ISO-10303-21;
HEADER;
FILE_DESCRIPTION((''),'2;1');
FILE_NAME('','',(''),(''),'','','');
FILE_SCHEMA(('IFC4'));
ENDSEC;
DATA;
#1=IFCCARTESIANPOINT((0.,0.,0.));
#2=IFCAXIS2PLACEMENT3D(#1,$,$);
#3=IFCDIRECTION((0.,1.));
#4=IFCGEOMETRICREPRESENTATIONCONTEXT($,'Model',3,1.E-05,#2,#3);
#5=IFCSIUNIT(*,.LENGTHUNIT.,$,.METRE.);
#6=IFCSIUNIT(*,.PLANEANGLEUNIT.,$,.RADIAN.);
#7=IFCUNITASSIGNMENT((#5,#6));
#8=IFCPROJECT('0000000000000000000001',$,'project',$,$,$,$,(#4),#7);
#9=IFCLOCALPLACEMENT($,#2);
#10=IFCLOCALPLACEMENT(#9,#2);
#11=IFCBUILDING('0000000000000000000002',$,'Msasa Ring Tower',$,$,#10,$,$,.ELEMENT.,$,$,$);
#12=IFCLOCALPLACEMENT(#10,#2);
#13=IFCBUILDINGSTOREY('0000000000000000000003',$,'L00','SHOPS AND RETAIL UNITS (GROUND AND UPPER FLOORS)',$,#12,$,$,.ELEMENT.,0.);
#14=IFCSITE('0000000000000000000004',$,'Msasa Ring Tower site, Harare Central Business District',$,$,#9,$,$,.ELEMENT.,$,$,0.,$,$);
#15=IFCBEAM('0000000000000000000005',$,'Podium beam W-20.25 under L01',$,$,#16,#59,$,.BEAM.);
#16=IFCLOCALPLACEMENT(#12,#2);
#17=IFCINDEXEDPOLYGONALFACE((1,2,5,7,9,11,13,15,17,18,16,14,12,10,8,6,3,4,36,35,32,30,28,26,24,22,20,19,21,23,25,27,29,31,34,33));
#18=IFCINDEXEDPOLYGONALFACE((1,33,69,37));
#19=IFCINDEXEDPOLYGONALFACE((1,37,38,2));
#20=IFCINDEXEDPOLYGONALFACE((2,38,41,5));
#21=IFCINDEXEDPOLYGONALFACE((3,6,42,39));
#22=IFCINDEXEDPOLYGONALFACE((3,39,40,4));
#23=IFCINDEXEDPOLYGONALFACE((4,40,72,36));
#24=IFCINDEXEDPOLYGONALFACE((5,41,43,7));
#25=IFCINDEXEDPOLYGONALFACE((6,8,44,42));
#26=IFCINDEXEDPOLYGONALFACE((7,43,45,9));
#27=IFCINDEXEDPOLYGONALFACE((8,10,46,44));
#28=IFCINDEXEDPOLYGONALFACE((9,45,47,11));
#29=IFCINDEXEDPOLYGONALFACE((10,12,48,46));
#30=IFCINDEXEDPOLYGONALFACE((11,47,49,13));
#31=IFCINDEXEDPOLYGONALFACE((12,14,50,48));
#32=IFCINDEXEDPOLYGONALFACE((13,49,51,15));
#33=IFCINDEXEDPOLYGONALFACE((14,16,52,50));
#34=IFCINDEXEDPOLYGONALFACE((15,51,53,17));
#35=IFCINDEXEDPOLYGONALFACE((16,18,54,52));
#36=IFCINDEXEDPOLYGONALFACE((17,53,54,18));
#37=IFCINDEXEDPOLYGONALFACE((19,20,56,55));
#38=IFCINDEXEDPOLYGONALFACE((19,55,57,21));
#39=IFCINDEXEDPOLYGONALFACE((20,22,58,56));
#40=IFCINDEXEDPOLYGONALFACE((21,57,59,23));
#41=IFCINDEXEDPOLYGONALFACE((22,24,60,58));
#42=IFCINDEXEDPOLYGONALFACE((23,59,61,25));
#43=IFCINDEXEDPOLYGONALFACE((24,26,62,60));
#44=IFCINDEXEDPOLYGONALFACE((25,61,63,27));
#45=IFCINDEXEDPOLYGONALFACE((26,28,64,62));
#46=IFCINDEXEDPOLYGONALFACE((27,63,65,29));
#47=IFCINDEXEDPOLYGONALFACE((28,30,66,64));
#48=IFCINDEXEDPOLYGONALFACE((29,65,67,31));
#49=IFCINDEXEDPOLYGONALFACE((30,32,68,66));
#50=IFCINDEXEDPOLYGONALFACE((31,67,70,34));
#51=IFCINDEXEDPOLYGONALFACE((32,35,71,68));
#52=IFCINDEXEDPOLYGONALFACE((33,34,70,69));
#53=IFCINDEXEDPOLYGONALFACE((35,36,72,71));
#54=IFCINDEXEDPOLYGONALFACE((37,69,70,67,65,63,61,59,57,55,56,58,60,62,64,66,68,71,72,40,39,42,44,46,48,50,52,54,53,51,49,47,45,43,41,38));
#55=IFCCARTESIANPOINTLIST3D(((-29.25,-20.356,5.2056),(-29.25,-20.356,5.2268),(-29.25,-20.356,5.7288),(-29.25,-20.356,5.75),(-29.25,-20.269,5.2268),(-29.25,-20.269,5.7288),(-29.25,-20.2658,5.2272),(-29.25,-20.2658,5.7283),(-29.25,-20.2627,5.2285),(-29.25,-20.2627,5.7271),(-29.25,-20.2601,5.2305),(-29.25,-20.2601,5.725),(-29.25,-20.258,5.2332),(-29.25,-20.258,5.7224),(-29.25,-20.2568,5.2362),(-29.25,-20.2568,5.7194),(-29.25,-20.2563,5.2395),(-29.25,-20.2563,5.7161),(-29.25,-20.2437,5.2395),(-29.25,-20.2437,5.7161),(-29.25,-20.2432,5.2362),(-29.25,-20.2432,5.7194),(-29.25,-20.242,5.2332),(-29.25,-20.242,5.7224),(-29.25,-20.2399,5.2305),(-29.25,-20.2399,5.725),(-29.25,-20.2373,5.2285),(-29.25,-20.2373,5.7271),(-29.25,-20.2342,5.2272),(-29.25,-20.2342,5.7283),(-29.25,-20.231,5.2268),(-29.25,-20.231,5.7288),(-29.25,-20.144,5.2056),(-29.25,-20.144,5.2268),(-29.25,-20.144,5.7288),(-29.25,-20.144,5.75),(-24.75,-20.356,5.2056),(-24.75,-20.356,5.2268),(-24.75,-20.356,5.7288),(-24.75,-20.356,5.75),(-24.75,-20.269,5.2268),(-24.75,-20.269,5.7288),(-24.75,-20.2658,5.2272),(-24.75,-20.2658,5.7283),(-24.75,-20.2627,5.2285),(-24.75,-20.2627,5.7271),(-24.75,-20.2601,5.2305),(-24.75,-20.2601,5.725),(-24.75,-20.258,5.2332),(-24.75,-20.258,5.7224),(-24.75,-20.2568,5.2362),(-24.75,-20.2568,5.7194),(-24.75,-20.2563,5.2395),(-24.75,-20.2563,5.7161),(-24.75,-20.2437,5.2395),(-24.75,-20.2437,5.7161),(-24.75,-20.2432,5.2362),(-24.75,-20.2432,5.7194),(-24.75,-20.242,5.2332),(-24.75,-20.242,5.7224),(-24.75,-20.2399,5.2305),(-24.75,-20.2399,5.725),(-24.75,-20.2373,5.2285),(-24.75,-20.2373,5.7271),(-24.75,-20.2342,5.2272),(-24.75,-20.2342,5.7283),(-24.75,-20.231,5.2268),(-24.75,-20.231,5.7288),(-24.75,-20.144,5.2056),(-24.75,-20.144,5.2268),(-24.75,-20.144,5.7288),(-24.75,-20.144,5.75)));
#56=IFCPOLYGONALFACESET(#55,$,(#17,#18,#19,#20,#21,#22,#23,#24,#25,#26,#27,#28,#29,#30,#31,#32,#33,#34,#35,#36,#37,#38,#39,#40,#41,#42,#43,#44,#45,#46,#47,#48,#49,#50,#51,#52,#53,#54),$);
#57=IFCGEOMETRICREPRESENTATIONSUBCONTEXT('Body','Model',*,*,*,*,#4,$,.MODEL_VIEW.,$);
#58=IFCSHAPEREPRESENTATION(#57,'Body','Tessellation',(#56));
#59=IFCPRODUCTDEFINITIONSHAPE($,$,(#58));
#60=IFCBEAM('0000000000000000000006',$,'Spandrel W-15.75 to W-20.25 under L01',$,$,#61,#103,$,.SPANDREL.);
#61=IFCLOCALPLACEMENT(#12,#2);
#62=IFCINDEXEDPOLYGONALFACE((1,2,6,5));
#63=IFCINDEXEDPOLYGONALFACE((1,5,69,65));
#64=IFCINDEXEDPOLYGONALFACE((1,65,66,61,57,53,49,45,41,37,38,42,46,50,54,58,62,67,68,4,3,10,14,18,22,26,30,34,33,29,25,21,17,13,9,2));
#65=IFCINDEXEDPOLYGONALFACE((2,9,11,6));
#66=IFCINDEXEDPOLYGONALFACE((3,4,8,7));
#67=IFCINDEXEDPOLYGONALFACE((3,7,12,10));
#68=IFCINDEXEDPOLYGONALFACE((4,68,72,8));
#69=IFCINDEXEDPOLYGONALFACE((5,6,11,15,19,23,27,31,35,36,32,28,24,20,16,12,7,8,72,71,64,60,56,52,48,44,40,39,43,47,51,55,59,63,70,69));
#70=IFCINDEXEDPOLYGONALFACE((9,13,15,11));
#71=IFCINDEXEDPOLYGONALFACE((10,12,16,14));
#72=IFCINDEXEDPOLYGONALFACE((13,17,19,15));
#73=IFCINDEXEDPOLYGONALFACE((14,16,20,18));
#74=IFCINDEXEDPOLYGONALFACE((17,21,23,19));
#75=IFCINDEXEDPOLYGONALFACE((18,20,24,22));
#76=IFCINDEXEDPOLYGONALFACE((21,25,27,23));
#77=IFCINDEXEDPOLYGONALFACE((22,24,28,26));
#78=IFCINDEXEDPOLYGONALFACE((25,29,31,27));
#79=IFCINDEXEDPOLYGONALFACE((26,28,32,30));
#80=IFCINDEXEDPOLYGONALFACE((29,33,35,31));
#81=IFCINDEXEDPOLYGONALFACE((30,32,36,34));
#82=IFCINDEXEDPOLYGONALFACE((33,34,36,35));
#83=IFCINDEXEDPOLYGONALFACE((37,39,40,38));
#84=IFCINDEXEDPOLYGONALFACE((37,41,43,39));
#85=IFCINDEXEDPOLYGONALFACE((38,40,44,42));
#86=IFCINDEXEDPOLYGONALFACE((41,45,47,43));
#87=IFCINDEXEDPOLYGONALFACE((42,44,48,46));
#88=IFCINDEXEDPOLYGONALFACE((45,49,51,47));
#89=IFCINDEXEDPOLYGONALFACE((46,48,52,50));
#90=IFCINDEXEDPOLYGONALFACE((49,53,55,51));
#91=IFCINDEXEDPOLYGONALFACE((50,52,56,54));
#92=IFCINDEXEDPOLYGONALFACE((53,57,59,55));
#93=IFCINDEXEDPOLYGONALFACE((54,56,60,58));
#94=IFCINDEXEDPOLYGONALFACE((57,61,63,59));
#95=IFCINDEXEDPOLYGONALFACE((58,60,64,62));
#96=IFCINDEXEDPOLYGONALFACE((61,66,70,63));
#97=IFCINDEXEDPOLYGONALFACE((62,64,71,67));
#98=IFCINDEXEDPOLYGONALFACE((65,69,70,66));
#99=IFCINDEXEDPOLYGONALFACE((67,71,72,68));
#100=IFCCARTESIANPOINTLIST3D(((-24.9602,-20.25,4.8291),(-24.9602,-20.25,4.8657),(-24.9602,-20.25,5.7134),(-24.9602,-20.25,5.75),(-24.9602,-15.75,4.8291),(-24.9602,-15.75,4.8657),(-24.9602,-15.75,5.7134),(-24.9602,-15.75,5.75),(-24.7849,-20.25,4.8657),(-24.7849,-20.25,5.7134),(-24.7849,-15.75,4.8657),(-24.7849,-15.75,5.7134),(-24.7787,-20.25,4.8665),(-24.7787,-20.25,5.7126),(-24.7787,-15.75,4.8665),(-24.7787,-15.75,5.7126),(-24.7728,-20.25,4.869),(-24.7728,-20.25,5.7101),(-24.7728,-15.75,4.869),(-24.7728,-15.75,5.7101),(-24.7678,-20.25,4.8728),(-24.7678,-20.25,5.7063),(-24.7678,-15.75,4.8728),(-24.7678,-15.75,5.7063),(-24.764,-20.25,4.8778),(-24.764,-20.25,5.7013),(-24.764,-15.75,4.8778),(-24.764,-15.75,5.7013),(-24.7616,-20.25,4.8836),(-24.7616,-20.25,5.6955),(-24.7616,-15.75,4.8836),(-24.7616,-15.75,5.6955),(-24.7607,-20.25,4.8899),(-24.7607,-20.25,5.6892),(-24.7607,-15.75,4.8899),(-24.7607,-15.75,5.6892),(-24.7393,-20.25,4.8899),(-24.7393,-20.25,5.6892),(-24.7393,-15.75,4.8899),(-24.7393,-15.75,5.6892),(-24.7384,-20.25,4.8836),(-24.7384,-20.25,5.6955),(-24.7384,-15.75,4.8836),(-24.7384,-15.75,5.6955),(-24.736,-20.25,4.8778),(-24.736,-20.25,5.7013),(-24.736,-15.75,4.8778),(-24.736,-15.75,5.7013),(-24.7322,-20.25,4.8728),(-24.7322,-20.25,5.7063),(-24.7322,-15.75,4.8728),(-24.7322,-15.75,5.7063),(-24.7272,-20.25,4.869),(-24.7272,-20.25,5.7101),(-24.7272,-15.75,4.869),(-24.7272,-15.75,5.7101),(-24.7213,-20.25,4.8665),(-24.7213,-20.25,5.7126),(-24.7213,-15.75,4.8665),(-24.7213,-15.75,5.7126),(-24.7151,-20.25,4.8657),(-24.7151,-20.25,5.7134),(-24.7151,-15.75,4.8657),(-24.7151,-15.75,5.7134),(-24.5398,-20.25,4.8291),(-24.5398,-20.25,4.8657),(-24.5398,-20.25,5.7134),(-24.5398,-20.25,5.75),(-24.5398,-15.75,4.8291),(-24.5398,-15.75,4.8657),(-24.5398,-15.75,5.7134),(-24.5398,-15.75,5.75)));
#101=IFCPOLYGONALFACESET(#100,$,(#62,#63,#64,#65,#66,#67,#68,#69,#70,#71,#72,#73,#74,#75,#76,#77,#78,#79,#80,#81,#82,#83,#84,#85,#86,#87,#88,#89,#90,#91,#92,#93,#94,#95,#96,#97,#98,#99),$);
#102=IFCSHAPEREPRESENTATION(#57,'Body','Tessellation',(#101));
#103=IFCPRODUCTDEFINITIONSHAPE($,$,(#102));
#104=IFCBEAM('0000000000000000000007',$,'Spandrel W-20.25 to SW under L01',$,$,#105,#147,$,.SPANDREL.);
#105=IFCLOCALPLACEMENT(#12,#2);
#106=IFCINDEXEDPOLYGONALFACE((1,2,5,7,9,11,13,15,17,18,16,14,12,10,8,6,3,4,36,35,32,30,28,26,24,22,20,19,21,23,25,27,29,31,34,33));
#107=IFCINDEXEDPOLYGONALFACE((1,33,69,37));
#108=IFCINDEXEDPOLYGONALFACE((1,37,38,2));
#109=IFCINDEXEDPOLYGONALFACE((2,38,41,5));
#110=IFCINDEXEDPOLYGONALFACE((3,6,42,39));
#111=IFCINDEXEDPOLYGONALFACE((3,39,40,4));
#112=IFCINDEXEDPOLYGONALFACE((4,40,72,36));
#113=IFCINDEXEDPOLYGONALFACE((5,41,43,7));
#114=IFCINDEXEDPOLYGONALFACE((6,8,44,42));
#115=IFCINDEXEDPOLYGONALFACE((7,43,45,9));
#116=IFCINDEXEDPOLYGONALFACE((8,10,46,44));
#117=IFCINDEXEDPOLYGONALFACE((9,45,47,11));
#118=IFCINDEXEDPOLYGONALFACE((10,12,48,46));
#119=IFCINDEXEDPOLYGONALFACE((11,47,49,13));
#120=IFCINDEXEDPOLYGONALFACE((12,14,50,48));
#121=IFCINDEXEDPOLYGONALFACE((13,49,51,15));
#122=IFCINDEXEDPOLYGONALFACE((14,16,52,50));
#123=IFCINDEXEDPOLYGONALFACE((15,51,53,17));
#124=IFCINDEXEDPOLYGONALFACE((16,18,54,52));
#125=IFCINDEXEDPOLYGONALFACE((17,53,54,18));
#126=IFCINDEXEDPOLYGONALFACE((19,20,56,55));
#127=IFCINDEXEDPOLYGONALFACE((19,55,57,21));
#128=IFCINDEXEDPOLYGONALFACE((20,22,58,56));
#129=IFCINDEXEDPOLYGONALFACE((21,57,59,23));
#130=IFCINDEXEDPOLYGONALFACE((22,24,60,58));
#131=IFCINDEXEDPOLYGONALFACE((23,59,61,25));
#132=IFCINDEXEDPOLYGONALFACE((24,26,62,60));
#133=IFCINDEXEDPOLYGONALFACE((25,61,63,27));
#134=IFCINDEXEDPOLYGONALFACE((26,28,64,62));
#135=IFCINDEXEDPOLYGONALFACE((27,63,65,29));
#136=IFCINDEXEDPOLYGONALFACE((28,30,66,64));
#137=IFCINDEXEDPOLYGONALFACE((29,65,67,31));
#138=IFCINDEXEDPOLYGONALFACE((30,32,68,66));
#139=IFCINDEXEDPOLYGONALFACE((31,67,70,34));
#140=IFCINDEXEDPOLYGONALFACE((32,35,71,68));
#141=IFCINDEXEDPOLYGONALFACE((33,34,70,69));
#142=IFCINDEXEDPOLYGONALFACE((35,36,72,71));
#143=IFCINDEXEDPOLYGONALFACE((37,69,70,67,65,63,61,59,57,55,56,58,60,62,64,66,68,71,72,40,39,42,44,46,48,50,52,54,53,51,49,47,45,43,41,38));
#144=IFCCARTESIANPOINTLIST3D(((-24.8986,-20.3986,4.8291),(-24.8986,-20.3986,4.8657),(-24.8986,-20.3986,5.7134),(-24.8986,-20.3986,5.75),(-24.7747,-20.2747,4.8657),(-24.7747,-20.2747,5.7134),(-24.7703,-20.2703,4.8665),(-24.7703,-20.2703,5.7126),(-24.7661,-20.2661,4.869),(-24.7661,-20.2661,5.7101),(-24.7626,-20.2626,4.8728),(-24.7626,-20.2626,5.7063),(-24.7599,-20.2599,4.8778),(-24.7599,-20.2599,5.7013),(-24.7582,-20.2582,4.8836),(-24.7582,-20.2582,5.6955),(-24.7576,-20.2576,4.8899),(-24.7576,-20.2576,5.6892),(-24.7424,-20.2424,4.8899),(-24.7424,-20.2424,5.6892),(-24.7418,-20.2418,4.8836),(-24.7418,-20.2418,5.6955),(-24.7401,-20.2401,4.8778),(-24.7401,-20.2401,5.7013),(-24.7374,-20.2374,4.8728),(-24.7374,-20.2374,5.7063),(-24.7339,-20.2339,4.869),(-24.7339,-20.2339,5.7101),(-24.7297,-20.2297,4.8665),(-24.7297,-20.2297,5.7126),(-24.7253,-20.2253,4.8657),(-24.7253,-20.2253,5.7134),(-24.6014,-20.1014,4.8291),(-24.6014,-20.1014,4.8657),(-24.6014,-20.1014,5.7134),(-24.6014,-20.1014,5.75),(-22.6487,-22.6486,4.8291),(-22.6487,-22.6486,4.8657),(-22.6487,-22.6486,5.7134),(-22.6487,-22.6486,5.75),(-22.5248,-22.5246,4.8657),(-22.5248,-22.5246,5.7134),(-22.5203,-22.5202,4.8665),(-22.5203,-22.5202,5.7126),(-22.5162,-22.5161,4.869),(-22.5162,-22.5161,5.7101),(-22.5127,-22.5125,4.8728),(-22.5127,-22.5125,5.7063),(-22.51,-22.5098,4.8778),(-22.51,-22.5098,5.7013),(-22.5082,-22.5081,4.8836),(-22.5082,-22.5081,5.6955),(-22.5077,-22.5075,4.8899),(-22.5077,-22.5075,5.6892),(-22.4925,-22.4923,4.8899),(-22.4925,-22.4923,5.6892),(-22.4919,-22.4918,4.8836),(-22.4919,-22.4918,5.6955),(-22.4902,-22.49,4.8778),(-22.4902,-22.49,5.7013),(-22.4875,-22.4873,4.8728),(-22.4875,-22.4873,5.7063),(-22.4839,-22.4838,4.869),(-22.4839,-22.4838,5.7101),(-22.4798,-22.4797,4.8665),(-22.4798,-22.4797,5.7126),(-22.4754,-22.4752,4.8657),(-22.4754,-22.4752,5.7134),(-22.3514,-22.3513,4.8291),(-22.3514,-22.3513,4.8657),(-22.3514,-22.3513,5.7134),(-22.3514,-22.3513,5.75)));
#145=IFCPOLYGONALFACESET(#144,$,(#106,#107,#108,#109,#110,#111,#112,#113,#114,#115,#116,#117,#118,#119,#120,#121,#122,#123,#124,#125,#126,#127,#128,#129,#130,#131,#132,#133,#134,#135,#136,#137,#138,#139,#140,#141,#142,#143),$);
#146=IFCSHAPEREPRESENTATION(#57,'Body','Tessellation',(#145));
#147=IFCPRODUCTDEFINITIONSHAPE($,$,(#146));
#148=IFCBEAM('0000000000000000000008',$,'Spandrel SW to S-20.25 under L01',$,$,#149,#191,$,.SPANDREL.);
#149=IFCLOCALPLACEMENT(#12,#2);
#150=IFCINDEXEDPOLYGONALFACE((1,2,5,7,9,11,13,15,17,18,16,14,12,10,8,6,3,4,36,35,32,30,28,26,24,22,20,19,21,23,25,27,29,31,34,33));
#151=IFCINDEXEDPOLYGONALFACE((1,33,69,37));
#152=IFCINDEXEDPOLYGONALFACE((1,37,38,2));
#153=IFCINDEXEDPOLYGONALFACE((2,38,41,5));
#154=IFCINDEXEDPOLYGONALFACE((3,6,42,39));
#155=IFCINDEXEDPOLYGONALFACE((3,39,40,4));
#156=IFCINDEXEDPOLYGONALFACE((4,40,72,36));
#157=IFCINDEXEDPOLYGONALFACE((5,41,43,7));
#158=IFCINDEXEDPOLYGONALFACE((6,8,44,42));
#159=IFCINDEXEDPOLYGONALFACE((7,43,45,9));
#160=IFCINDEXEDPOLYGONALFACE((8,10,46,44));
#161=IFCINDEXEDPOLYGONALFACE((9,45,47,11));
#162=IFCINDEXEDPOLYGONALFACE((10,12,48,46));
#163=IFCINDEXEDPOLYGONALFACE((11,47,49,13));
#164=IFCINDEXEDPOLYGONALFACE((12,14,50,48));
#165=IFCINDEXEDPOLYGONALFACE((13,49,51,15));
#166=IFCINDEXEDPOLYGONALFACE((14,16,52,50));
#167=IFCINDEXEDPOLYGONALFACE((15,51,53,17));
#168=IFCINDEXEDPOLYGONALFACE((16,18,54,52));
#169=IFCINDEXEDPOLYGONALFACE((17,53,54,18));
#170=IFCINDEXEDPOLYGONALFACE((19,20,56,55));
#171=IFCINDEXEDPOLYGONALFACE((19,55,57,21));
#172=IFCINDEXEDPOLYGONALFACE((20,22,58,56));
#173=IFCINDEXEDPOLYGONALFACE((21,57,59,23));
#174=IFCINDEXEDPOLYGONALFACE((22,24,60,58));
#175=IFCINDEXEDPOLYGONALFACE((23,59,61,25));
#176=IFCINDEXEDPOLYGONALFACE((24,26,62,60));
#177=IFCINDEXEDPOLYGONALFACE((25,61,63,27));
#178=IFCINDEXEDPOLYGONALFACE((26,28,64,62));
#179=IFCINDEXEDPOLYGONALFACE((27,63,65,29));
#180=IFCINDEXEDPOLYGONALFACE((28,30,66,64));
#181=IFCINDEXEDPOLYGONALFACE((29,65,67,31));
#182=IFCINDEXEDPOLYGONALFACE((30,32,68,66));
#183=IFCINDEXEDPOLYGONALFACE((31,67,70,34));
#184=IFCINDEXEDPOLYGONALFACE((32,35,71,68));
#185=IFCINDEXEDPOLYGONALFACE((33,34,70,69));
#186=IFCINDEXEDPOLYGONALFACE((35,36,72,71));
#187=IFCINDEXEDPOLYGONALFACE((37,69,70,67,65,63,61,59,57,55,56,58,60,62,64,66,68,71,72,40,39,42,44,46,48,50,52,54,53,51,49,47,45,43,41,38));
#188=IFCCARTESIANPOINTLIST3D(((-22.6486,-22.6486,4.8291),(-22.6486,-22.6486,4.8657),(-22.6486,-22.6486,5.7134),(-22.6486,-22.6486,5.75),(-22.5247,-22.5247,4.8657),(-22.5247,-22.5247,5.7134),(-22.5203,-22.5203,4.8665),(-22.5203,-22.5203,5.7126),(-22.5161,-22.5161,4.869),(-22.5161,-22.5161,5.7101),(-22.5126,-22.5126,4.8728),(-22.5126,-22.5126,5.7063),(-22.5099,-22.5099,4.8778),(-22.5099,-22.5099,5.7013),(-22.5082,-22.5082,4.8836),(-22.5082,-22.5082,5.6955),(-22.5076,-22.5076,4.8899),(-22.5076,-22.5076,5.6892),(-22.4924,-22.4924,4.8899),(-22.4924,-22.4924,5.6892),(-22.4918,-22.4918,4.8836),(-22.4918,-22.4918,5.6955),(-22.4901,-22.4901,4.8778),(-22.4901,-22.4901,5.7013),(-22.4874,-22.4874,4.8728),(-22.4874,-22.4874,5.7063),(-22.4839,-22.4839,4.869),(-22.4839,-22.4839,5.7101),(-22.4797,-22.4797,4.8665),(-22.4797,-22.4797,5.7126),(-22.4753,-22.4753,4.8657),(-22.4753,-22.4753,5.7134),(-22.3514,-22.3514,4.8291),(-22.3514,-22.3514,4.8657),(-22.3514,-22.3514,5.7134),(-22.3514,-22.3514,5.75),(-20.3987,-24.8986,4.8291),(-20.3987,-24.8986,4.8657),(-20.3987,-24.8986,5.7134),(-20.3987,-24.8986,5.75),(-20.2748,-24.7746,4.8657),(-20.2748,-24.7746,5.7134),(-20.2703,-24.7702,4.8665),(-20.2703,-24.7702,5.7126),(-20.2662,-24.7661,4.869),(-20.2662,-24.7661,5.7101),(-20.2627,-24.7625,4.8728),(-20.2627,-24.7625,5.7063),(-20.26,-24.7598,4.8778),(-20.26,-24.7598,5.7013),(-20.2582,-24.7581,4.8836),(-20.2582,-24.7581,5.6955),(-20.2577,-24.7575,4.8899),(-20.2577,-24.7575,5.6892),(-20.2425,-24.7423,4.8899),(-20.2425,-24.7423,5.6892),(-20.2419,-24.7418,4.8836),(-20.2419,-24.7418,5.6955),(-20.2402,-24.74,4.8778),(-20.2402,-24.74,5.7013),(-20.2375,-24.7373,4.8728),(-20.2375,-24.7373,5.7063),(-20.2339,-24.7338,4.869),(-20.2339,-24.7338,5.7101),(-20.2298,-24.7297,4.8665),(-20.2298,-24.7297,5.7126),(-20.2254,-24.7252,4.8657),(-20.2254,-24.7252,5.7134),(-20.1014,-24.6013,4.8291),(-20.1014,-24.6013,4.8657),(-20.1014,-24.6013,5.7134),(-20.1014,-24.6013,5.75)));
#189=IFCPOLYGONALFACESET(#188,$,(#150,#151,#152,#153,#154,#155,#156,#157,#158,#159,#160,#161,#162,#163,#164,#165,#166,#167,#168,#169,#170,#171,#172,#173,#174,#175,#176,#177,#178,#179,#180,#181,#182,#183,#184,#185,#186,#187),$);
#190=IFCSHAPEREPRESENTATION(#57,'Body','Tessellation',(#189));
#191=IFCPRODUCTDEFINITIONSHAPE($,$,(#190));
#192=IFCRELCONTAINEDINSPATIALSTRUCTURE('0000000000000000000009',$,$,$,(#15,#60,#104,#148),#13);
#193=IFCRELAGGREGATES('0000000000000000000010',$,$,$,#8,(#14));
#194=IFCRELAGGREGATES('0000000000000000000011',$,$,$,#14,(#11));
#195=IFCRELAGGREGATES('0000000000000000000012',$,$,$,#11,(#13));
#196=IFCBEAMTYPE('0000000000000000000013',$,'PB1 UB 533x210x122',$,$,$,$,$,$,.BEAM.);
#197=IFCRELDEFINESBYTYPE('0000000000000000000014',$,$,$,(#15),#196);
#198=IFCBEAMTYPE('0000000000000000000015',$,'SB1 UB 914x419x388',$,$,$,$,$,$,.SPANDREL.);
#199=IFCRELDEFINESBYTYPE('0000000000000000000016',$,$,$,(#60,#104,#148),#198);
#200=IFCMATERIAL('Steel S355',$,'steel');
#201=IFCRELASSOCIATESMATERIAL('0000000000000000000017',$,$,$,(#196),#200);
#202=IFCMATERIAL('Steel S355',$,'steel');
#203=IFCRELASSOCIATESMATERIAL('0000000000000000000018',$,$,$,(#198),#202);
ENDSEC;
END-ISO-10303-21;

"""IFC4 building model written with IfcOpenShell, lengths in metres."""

from ifc_helpers import new_model, si_unit, direction, frame, origin, origin_2d, place, context, subcontext, project, spatial, i_section, extrude, material, material_profile, profile_set, type_object, element, save


model = new_model("IFC4")

# Units and contexts
model_context = context("Model", 3, precision=1e-05, world=origin(), true_north=direction((0.0, 1.0)))
body_context = subcontext(model_context, "Body", "Model", "MODEL_VIEW")
ifc_project = project(units=[si_unit("LENGTHUNIT", "METRE"), si_unit("PLANEANGLEUNIT", "RADIAN")], contexts=[model_context])

# Site, building, storey
site_placement = place(None, origin())
site = spatial("IfcSite", under=ifc_project, at=site_placement, Name="Msasa Ring Tower site, Harare Central Business District", CompositionType="ELEMENT", RefElevation=0.0)
building_placement = place(site_placement, origin())
building = spatial("IfcBuilding", under=site, at=building_placement, Name="Msasa Ring Tower", CompositionType="ELEMENT")
storey_placement = place(building_placement, origin())
storey = spatial("IfcBuildingStorey", under=building, at=storey_placement, Name="L00", Description="SHOPS AND RETAIL UNITS (GROUND AND UPPER FLOORS)", CompositionType="ELEMENT", Elevation=0.0)

# Beams
ifc_material_1 = material(Name="Steel S355", Category="steel")
ifc_material_profile_1 = material_profile(ifc_material_1, i_section(OverallWidth=0.2119, OverallDepth=0.5444, WebThickness=0.0127, FlangeThickness=0.0212, FilletRadius=0.0127, at=origin_2d()), Name="UB 533x210x122")
ifc_profile_set_1 = profile_set([ifc_material_profile_1], Name="Steel S355")
beam_type_1 = type_object("IfcBeamType", Name="PB1 UB 533x210x122", PredefinedType="BEAM", material=ifc_profile_set_1)
beam_1_placement = place(storey_placement, frame((-29.25, -20.25, 5.4778), z_axis=(1.0, 0.0, 0.0), x_axis=(0.0, 1.0, 0.0)))
element("IfcBeam", 1, at=beam_1_placement, inside=storey, type_object=beam_type_1, Name="Podium beam W-20.25 under L01", PredefinedType="BEAM", context=body_context, shape_type="SweptSolid", body=[
    extrude(i_section(OverallWidth=0.2119, OverallDepth=0.5444, WebThickness=0.0127, FlangeThickness=0.0212, FilletRadius=0.0127, at=origin_2d()), origin(), (0.0, 0.0, 1.0), 4.5),
])
ifc_material_2 = material(Name="Steel S355", Category="steel")
ifc_material_profile_2 = material_profile(ifc_material_2, i_section(OverallWidth=0.4204, OverallDepth=0.9209, WebThickness=0.0215, FlangeThickness=0.0366, FilletRadius=0.0242, at=origin_2d()), Name="UB 914x419x388")
ifc_profile_set_2 = profile_set([ifc_material_profile_2], Name="Steel S355")
beam_type_2 = type_object("IfcBeamType", Name="SB1 UB 914x419x388", PredefinedType="SPANDREL", material=ifc_profile_set_2)
beam_2_placement = place(storey_placement, frame((-24.75, -15.75, 5.2896), z_axis=(0.0, -1.0, 0.0), x_axis=(1.0, 0.0, 0.0)))
element("IfcBeam", 2, at=beam_2_placement, inside=storey, type_object=beam_type_2, Name="Spandrel W-15.75 to W-20.25 under L01", PredefinedType="SPANDREL", context=body_context, shape_type="SweptSolid", body=[
    extrude(i_section(OverallWidth=0.4204, OverallDepth=0.9209, WebThickness=0.0215, FlangeThickness=0.0366, FilletRadius=0.0242, at=origin_2d()), origin(), (0.0, 0.0, 1.0), 4.5),
])
for number, where, z_axis, x_axis, name in (
    (3, (-24.75, -20.25, 5.2896), (0.707107, -0.707107, 0.0), (0.707107, 0.707107, 0.0), "Spandrel W-20.25 to SW under L01"),
    (4, (-22.5, -22.5, 5.2896), (0.707107, -0.707107, 0.0), (0.707107, 0.707107, 0.0), "Spandrel SW to S-20.25 under L01"),
):
    element("IfcBeam", number, at=place(storey_placement, frame(where, z_axis=z_axis, x_axis=x_axis)), inside=storey, type_object=beam_type_2, Name=name, PredefinedType="SPANDREL", context=body_context, shape_type="SweptSolid", body=[
        extrude(i_section(OverallWidth=0.4204, OverallDepth=0.9209, WebThickness=0.0215, FlangeThickness=0.0366, FilletRadius=0.0242, at=origin_2d()), origin(), (0.0, 0.0, 1.0), 3.1819),
    ])

save(model, "model.ifc")
